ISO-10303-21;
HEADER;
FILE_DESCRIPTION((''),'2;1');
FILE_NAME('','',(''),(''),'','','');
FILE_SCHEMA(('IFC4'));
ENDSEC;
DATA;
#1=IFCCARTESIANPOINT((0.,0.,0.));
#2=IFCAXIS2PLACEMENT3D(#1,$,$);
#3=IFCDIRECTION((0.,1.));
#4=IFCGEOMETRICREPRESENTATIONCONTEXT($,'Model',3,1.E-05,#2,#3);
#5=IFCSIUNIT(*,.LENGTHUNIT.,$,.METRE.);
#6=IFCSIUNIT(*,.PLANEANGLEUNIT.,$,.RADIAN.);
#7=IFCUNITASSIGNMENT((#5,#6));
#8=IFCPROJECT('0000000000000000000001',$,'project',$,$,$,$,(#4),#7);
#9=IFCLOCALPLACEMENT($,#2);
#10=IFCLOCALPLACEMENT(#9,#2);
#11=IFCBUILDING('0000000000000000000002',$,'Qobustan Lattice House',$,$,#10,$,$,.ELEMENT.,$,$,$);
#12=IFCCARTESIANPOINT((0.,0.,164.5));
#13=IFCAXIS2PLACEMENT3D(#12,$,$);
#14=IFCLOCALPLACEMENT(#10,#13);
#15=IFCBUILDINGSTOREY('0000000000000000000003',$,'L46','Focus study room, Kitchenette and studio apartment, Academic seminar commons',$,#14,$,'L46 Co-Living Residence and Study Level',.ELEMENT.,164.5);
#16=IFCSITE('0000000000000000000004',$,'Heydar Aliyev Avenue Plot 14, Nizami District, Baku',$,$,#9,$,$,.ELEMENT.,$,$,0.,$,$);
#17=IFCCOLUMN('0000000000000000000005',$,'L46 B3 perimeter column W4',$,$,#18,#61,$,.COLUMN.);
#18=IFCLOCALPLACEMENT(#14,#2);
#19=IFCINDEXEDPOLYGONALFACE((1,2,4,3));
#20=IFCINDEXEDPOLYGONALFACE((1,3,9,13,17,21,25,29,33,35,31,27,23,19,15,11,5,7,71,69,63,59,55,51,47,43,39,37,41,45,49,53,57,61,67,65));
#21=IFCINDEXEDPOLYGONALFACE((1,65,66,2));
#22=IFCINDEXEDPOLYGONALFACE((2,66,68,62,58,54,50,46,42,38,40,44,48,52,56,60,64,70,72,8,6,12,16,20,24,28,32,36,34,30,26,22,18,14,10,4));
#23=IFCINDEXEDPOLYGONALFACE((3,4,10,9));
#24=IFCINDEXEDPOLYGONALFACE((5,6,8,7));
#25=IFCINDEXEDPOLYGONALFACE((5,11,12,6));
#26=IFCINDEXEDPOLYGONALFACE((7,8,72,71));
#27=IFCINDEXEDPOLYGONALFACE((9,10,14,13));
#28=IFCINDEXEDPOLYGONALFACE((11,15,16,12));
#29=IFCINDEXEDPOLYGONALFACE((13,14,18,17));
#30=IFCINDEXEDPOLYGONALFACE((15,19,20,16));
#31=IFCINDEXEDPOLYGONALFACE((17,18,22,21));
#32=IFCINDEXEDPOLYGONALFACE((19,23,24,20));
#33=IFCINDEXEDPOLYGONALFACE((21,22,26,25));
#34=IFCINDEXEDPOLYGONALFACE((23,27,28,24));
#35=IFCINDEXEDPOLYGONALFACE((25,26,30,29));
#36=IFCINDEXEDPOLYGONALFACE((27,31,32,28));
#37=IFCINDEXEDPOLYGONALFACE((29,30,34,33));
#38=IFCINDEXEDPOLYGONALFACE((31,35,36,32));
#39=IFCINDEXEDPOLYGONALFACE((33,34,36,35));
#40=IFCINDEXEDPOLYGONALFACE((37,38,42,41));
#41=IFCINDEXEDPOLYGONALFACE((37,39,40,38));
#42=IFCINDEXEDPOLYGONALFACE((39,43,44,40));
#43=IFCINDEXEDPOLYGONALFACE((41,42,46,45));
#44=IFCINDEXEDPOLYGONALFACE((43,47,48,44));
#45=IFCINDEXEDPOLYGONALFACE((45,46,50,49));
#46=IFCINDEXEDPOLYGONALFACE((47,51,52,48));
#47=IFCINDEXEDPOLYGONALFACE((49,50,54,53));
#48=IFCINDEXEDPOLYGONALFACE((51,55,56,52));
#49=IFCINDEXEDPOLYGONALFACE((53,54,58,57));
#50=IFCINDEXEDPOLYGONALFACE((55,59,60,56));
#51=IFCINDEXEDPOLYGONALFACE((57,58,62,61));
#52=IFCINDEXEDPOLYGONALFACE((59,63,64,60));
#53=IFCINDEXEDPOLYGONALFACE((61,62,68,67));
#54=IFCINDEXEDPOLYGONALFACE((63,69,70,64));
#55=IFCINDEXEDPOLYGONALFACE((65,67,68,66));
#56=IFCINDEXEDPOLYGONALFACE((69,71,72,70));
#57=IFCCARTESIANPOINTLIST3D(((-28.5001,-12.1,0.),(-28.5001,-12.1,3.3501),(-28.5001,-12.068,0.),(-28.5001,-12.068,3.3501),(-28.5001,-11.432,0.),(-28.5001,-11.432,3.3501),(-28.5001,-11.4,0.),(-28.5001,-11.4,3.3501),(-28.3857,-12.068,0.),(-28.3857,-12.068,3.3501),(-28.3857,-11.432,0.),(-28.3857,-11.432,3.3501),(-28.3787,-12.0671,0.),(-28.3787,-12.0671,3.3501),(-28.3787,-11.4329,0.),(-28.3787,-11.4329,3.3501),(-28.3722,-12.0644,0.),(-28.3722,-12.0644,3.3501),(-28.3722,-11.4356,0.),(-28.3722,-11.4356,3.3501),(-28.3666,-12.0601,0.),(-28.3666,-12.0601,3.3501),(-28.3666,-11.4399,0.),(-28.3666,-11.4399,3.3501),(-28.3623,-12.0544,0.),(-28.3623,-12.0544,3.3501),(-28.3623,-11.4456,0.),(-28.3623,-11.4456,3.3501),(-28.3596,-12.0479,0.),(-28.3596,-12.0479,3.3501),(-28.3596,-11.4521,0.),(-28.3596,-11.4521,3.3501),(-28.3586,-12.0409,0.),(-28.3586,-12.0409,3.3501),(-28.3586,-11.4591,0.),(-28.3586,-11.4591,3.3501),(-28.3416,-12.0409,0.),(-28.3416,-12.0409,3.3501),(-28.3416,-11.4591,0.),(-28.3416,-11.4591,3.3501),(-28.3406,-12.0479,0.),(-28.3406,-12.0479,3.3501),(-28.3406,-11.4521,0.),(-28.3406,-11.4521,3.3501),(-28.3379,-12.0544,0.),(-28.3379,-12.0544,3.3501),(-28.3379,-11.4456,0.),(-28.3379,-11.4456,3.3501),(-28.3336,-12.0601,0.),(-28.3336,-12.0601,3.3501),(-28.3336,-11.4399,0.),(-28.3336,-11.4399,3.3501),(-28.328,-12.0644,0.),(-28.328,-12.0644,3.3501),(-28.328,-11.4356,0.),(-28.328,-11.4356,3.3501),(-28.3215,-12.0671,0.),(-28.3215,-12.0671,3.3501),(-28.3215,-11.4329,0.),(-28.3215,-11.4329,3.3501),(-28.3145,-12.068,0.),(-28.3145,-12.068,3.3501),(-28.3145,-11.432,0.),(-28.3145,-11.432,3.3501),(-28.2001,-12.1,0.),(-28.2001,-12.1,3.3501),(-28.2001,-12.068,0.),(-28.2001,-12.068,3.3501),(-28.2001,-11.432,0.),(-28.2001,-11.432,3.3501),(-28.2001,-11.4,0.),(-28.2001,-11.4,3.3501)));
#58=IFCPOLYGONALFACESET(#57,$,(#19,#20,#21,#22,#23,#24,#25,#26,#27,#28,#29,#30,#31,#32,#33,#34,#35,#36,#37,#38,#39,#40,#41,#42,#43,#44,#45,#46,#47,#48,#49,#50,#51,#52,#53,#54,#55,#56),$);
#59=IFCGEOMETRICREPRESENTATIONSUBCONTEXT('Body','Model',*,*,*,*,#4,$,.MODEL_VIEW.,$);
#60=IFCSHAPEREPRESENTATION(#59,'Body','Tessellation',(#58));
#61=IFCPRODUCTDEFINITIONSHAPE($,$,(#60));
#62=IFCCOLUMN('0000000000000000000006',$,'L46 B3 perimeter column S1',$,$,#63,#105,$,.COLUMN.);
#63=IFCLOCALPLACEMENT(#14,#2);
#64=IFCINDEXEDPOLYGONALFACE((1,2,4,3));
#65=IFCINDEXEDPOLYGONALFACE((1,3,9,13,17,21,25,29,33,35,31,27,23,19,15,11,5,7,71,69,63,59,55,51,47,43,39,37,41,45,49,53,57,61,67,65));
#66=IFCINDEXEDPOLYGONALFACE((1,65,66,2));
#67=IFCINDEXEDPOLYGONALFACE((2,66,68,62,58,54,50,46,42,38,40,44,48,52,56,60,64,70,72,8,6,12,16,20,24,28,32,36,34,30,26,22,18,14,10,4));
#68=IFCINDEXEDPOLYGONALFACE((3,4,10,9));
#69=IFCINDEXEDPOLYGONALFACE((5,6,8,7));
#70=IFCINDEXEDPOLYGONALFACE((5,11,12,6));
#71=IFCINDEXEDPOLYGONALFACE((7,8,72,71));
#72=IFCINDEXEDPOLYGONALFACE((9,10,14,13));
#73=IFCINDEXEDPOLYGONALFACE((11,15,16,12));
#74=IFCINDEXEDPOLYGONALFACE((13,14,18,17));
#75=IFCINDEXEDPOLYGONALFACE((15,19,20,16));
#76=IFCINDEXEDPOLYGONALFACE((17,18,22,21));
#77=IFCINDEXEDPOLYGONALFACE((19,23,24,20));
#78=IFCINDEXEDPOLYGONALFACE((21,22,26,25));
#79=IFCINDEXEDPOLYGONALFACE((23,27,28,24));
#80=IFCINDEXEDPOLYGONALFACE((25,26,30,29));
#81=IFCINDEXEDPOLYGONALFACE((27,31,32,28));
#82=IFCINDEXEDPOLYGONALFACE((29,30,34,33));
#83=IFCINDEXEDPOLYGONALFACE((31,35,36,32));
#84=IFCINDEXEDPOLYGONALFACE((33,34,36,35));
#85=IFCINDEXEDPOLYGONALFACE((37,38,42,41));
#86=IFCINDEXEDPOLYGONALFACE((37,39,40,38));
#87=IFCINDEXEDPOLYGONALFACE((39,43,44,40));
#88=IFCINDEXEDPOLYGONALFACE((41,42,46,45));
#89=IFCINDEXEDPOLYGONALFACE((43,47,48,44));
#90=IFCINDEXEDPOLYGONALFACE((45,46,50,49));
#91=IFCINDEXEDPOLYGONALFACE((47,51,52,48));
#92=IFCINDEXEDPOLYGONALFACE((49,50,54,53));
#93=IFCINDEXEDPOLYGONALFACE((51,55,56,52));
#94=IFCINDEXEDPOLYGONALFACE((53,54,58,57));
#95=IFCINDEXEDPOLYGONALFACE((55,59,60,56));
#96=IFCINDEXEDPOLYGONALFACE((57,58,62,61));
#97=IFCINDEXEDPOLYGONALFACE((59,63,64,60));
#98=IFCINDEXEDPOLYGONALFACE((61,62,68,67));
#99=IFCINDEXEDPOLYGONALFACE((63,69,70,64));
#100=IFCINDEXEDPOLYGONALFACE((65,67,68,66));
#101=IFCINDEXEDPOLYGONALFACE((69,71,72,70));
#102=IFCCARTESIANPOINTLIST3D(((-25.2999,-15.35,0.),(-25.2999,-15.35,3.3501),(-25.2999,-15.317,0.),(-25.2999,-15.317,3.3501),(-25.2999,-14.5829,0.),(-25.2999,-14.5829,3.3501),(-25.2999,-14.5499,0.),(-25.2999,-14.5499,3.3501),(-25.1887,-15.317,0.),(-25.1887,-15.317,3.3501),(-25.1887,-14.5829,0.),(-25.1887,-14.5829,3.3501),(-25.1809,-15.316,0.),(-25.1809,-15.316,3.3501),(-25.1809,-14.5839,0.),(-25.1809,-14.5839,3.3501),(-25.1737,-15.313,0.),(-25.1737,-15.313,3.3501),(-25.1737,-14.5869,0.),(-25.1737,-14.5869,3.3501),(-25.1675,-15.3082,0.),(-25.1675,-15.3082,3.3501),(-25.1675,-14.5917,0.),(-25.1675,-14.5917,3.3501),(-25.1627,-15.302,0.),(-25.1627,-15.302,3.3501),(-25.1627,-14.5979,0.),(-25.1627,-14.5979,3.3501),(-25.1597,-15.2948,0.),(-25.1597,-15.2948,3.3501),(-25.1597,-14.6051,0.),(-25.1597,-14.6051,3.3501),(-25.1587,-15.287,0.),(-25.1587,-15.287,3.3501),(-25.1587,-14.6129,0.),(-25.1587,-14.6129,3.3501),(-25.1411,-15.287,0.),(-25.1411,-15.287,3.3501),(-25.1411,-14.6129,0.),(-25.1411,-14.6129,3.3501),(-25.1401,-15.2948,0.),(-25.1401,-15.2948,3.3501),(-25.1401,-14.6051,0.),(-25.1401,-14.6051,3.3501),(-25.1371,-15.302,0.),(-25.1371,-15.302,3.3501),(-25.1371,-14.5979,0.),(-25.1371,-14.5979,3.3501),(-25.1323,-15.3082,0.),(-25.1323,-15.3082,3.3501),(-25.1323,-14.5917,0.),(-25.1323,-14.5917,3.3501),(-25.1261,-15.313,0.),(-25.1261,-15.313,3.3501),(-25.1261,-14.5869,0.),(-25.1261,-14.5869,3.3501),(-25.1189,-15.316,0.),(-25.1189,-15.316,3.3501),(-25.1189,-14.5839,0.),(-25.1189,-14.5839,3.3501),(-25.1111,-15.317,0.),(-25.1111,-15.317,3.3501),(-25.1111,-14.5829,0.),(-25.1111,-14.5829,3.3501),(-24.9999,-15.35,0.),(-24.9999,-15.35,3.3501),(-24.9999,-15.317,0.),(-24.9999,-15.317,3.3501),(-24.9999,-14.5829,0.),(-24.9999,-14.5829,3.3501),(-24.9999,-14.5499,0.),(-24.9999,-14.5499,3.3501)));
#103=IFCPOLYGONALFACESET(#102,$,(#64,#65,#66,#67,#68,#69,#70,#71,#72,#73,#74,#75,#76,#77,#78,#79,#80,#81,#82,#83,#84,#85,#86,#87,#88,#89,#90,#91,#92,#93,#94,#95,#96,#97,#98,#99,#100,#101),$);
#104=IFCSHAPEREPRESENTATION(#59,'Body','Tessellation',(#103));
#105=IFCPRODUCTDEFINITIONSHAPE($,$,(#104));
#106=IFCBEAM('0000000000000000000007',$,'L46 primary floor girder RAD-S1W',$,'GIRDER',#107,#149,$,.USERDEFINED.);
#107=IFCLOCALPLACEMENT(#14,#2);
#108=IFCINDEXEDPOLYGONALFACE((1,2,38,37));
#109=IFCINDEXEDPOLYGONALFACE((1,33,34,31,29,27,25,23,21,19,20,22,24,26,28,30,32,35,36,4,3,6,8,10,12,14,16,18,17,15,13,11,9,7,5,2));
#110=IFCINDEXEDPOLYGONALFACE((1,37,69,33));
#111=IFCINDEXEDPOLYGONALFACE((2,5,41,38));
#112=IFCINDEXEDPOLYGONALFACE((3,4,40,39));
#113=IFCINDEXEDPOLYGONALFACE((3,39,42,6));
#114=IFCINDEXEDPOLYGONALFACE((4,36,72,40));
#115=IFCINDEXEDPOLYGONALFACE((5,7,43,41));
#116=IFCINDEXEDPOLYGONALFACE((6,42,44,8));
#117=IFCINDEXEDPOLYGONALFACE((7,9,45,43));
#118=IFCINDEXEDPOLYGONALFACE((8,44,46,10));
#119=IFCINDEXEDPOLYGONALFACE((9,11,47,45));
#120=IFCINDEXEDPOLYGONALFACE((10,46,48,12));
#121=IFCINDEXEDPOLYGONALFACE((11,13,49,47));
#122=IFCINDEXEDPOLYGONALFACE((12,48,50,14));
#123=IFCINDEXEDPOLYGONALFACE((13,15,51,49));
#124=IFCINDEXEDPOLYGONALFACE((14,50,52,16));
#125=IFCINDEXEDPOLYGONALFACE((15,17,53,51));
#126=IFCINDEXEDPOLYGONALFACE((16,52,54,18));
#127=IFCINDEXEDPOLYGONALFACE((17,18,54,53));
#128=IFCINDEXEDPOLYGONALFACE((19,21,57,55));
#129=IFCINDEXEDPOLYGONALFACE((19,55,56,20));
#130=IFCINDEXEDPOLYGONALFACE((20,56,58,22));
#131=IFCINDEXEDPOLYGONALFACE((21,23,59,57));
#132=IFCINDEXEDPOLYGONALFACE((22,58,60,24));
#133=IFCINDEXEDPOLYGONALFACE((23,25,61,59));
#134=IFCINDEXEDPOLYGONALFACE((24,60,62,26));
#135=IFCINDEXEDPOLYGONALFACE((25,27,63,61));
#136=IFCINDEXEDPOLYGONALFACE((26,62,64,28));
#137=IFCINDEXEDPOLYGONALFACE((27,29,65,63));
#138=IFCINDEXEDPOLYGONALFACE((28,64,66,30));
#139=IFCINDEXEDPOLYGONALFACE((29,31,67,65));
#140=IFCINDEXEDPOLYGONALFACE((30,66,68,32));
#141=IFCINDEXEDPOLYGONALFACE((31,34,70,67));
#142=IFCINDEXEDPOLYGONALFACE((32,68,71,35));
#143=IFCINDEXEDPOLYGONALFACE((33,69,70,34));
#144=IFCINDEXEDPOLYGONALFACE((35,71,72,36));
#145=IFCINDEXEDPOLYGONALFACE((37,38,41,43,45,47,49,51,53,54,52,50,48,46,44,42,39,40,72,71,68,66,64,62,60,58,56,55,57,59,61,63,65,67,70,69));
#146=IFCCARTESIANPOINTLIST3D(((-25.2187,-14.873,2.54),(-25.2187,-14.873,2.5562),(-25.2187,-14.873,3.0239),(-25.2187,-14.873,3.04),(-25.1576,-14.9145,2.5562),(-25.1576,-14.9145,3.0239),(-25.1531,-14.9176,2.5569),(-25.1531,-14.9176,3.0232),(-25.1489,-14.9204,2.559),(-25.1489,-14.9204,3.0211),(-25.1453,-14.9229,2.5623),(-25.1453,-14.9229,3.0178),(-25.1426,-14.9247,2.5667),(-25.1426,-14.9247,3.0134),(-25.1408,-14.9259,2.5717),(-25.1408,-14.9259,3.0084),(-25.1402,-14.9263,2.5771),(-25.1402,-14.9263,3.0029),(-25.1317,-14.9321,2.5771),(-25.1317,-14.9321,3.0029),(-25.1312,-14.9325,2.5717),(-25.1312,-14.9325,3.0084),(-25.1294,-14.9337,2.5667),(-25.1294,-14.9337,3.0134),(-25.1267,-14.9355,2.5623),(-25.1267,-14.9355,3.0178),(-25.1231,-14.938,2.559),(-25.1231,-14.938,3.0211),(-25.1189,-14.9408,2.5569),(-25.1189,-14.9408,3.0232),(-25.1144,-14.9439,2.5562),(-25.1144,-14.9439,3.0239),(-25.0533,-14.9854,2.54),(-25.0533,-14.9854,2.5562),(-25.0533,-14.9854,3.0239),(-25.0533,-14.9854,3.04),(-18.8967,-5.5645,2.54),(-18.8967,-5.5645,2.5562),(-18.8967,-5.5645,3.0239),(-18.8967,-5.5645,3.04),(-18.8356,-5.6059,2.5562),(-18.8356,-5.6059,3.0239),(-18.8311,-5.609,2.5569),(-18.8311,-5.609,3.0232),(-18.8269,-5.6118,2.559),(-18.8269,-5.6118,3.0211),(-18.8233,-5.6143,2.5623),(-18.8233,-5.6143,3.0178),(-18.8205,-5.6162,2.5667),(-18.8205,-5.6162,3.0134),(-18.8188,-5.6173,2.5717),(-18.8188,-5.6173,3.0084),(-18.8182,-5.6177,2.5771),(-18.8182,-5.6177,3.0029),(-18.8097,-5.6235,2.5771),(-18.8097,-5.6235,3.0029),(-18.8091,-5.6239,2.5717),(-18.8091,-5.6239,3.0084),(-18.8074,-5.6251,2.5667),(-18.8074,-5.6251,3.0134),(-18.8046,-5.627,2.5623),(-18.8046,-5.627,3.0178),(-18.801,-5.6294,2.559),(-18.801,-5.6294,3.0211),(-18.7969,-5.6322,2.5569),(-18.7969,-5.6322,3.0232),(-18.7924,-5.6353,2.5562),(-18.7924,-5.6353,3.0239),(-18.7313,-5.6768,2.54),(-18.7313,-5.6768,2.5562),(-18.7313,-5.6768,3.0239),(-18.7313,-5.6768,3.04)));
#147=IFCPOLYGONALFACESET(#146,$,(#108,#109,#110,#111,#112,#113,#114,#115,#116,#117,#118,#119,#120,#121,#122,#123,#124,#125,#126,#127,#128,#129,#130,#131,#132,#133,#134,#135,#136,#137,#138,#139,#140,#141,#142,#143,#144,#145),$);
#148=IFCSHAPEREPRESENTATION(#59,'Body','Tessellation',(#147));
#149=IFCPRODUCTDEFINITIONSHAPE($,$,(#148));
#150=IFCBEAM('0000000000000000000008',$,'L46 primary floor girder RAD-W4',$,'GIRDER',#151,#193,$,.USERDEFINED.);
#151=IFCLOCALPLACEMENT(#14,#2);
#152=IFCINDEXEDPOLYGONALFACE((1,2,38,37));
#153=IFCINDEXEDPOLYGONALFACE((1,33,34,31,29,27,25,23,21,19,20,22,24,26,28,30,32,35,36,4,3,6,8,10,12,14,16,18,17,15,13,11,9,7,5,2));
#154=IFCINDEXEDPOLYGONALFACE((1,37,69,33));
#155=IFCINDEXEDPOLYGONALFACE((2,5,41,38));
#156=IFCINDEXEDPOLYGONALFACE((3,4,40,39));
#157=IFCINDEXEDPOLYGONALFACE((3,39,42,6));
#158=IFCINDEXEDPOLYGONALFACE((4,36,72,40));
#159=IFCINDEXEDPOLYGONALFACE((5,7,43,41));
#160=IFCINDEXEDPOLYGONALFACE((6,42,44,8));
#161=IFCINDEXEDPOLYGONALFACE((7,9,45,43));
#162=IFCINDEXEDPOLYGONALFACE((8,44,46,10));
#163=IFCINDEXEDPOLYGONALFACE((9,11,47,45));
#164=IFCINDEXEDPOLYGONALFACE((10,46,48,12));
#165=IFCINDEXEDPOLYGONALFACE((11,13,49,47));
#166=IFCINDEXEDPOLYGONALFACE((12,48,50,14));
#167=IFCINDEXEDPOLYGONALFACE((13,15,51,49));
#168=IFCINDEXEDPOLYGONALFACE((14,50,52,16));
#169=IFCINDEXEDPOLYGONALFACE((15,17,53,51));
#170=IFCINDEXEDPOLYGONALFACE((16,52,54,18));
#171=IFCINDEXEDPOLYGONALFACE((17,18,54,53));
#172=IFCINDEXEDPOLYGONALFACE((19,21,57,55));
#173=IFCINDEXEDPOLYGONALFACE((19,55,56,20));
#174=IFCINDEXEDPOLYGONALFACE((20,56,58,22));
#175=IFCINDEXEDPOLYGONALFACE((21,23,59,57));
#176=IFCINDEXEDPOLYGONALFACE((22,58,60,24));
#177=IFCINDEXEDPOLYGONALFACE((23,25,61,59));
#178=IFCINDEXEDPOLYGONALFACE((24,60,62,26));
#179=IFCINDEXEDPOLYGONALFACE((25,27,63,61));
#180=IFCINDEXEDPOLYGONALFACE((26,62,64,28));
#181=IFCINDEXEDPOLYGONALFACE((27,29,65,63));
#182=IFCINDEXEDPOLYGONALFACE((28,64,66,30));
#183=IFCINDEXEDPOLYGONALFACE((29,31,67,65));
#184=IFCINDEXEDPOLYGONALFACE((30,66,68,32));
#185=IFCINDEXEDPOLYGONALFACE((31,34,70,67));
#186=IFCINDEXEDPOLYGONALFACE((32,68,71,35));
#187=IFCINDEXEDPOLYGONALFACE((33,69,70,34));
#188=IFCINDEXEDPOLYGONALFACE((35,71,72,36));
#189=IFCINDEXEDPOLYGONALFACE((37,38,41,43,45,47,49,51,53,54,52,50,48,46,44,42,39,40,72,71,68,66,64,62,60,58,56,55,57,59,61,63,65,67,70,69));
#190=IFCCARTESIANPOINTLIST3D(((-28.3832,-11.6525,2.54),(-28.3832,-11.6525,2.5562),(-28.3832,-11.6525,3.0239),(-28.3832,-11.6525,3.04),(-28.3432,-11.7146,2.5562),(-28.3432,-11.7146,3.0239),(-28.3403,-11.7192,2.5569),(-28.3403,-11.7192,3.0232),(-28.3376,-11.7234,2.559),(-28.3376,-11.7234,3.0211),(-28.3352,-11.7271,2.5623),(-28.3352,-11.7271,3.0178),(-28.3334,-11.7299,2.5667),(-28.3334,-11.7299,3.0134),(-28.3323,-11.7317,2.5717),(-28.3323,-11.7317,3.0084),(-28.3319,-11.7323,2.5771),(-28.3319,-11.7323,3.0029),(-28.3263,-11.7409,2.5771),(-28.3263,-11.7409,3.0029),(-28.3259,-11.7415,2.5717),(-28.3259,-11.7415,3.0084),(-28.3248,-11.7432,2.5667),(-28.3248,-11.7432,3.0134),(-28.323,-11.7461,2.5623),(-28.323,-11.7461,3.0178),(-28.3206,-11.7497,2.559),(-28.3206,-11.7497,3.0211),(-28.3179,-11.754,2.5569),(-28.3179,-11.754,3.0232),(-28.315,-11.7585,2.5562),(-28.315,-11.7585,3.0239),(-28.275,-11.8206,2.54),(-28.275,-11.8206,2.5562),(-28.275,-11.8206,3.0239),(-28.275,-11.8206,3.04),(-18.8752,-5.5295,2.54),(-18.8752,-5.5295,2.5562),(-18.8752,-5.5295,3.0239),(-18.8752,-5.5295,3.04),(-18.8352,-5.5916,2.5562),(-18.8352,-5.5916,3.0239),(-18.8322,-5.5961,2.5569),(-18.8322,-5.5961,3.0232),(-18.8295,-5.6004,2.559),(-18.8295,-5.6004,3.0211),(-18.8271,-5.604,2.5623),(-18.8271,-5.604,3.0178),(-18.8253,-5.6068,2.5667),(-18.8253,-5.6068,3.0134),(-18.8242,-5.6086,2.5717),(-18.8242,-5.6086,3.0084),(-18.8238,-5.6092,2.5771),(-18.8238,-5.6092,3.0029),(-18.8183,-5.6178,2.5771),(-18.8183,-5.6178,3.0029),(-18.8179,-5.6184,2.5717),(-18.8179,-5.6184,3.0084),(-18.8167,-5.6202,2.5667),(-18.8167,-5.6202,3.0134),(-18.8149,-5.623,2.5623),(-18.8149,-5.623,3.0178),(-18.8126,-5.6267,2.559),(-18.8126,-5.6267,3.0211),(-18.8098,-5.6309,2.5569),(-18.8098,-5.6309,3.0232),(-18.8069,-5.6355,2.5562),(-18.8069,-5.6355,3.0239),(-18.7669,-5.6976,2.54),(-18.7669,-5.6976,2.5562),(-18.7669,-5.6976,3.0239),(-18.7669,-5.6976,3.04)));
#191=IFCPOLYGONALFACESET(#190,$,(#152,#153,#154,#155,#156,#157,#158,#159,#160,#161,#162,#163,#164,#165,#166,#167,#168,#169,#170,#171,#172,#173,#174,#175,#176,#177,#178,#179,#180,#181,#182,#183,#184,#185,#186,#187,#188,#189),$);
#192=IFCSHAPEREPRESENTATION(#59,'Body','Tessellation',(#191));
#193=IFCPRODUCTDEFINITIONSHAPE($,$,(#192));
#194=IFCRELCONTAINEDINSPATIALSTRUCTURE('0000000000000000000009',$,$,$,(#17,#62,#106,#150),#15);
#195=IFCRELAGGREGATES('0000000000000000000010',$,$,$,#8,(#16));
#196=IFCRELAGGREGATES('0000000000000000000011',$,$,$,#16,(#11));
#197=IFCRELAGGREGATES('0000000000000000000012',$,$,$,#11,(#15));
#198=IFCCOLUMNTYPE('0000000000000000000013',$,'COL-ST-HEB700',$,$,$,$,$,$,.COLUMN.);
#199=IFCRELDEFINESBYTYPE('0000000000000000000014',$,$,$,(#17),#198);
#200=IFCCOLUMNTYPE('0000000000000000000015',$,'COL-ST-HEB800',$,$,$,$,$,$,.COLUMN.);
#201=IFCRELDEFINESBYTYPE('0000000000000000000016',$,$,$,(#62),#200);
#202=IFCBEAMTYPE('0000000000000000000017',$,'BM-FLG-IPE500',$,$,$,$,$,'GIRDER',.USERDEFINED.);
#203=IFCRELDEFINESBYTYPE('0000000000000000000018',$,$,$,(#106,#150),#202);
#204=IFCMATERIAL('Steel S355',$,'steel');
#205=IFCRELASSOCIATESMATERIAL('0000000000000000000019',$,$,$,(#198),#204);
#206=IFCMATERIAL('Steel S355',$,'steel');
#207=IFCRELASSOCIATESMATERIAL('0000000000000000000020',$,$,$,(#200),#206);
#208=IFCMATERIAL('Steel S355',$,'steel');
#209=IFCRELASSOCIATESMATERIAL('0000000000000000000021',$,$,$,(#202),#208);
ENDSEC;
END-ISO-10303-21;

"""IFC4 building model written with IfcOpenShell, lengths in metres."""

from ifc_helpers import new_model, si_unit, direction, frame, origin, origin_2d, place, context, subcontext, project, spatial, i_section, extrude, material, material_profile, profile_set, type_object, element, save


model = new_model("IFC4")

# Units and contexts
model_context = context("Model", 3, precision=1e-05, world=origin(), true_north=direction((0.0, 1.0)))
body_context = subcontext(model_context, "Body", "Model", "MODEL_VIEW")
ifc_project = project(units=[si_unit("LENGTHUNIT", "METRE"), si_unit("PLANEANGLEUNIT", "RADIAN")], contexts=[model_context])

# Site, building, storey
site_placement = place(None, origin())
site = spatial("IfcSite", under=ifc_project, at=site_placement, Name="Heydar Aliyev Avenue Plot 14, Nizami District, Baku", CompositionType="ELEMENT", RefElevation=0.0)
building_placement = place(site_placement, origin())
building = spatial("IfcBuilding", under=site, at=building_placement, Name="Qobustan Lattice House", CompositionType="ELEMENT")
storey_placement = place(building_placement, frame((0.0, 0.0, 164.5)))
storey = spatial("IfcBuildingStorey", under=building, at=storey_placement, Name="L46", Description="Focus study room, Kitchenette and studio apartment, Academic seminar commons", LongName="L46 Co-Living Residence and Study Level", CompositionType="ELEMENT", Elevation=164.5)

# Columns
ifc_material_1 = material(Name="Steel S355", Category="steel")
ifc_material_profile_1 = material_profile(ifc_material_1, i_section(OverallWidth=0.3, OverallDepth=0.7, WebThickness=0.0171, FlangeThickness=0.032, FilletRadius=0.0271, at=origin_2d()), Name="HEB700")
ifc_profile_set_1 = profile_set([ifc_material_profile_1], Name="Steel S355")
column_type_1 = type_object("IfcColumnType", Name="COL-ST-HEB700", PredefinedType="COLUMN", material=ifc_profile_set_1)
column_1_placement = place(storey_placement, frame((-28.3501, -11.75, 0.0), z_axis=(0.0, 0.0, 1.0), x_axis=(1.0, 0.0, 0.0)))
element("IfcColumn", 1, at=column_1_placement, inside=storey, type_object=column_type_1, Name="L46 B3 perimeter column W4", PredefinedType="COLUMN", context=body_context, shape_type="SweptSolid", body=[
    extrude(i_section(OverallWidth=0.3, OverallDepth=0.7, WebThickness=0.0171, FlangeThickness=0.032, FilletRadius=0.0271, at=origin_2d()), origin(), (0.0, 0.0, 1.0), 3.3501),
])
ifc_material_2 = material(Name="Steel S355", Category="steel")
ifc_material_profile_2 = material_profile(ifc_material_2, i_section(OverallWidth=0.3, OverallDepth=0.8, WebThickness=0.0176, FlangeThickness=0.033, FilletRadius=0.03, at=origin_2d()), Name="HEB800")
ifc_profile_set_2 = profile_set([ifc_material_profile_2], Name="Steel S355")
column_type_2 = type_object("IfcColumnType", Name="COL-ST-HEB800", PredefinedType="COLUMN", material=ifc_profile_set_2)
column_2_placement = place(storey_placement, frame((-25.1499, -14.95, 0.0), z_axis=(0.0, 0.0, 1.0), x_axis=(1.0, 0.0, 0.0)))
element("IfcColumn", 2, at=column_2_placement, inside=storey, type_object=column_type_2, Name="L46 B3 perimeter column S1", PredefinedType="COLUMN", context=body_context, shape_type="SweptSolid", body=[
    extrude(i_section(OverallWidth=0.3, OverallDepth=0.8, WebThickness=0.0176, FlangeThickness=0.033, FilletRadius=0.03, at=origin_2d()), origin(), (0.0, 0.0, 1.0), 3.3501),
])

# Beams
ifc_material_3 = material(Name="Steel S355", Category="steel")
ifc_material_profile_3 = material_profile(ifc_material_3, i_section(OverallWidth=0.2, OverallDepth=0.5, WebThickness=0.0103, FlangeThickness=0.0161, FilletRadius=0.021, at=origin_2d()), Name="IPE500")
ifc_profile_set_3 = profile_set([ifc_material_profile_3], Name="Steel S355")
beam_type_1 = type_object("IfcBeamType", Name="BM-FLG-IPE500", ElementType="GIRDER", PredefinedType="USERDEFINED", material=ifc_profile_set_3)
beam_1_placement = place(storey_placement, frame((-25.136, -14.9292, 2.79), z_axis=(0.561835, 0.82725, 0.0), x_axis=(-0.82725, 0.561835, 0.0)))
element("IfcBeam", 3, at=beam_1_placement, inside=storey, type_object=beam_type_1, Name="L46 primary floor girder RAD-S1W", ObjectType="GIRDER", PredefinedType="USERDEFINED", context=body_context, shape_type="SweptSolid", body=[
    extrude(i_section(OverallWidth=0.2, OverallDepth=0.5, WebThickness=0.0103, FlangeThickness=0.0161, FilletRadius=0.021, at=origin_2d()), origin(), (0.0, 0.0, 1.0), 11.2524),
])
beam_2_placement = place(storey_placement, frame((-28.3291, -11.7366, 2.79), z_axis=(0.840747, 0.541428, 0.0), x_axis=(-0.541428, 0.840747, 0.0)))
element("IfcBeam", 4, at=beam_2_placement, inside=storey, type_object=beam_type_1, Name="L46 primary floor girder RAD-W4", ObjectType="GIRDER", PredefinedType="USERDEFINED", context=body_context, shape_type="SweptSolid", body=[
    extrude(i_section(OverallWidth=0.2, OverallDepth=0.5, WebThickness=0.0103, FlangeThickness=0.0161, FilletRadius=0.021, at=origin_2d()), origin(), (0.0, 0.0, 1.0), 11.3091),
])

save(model, "model.ifc")
